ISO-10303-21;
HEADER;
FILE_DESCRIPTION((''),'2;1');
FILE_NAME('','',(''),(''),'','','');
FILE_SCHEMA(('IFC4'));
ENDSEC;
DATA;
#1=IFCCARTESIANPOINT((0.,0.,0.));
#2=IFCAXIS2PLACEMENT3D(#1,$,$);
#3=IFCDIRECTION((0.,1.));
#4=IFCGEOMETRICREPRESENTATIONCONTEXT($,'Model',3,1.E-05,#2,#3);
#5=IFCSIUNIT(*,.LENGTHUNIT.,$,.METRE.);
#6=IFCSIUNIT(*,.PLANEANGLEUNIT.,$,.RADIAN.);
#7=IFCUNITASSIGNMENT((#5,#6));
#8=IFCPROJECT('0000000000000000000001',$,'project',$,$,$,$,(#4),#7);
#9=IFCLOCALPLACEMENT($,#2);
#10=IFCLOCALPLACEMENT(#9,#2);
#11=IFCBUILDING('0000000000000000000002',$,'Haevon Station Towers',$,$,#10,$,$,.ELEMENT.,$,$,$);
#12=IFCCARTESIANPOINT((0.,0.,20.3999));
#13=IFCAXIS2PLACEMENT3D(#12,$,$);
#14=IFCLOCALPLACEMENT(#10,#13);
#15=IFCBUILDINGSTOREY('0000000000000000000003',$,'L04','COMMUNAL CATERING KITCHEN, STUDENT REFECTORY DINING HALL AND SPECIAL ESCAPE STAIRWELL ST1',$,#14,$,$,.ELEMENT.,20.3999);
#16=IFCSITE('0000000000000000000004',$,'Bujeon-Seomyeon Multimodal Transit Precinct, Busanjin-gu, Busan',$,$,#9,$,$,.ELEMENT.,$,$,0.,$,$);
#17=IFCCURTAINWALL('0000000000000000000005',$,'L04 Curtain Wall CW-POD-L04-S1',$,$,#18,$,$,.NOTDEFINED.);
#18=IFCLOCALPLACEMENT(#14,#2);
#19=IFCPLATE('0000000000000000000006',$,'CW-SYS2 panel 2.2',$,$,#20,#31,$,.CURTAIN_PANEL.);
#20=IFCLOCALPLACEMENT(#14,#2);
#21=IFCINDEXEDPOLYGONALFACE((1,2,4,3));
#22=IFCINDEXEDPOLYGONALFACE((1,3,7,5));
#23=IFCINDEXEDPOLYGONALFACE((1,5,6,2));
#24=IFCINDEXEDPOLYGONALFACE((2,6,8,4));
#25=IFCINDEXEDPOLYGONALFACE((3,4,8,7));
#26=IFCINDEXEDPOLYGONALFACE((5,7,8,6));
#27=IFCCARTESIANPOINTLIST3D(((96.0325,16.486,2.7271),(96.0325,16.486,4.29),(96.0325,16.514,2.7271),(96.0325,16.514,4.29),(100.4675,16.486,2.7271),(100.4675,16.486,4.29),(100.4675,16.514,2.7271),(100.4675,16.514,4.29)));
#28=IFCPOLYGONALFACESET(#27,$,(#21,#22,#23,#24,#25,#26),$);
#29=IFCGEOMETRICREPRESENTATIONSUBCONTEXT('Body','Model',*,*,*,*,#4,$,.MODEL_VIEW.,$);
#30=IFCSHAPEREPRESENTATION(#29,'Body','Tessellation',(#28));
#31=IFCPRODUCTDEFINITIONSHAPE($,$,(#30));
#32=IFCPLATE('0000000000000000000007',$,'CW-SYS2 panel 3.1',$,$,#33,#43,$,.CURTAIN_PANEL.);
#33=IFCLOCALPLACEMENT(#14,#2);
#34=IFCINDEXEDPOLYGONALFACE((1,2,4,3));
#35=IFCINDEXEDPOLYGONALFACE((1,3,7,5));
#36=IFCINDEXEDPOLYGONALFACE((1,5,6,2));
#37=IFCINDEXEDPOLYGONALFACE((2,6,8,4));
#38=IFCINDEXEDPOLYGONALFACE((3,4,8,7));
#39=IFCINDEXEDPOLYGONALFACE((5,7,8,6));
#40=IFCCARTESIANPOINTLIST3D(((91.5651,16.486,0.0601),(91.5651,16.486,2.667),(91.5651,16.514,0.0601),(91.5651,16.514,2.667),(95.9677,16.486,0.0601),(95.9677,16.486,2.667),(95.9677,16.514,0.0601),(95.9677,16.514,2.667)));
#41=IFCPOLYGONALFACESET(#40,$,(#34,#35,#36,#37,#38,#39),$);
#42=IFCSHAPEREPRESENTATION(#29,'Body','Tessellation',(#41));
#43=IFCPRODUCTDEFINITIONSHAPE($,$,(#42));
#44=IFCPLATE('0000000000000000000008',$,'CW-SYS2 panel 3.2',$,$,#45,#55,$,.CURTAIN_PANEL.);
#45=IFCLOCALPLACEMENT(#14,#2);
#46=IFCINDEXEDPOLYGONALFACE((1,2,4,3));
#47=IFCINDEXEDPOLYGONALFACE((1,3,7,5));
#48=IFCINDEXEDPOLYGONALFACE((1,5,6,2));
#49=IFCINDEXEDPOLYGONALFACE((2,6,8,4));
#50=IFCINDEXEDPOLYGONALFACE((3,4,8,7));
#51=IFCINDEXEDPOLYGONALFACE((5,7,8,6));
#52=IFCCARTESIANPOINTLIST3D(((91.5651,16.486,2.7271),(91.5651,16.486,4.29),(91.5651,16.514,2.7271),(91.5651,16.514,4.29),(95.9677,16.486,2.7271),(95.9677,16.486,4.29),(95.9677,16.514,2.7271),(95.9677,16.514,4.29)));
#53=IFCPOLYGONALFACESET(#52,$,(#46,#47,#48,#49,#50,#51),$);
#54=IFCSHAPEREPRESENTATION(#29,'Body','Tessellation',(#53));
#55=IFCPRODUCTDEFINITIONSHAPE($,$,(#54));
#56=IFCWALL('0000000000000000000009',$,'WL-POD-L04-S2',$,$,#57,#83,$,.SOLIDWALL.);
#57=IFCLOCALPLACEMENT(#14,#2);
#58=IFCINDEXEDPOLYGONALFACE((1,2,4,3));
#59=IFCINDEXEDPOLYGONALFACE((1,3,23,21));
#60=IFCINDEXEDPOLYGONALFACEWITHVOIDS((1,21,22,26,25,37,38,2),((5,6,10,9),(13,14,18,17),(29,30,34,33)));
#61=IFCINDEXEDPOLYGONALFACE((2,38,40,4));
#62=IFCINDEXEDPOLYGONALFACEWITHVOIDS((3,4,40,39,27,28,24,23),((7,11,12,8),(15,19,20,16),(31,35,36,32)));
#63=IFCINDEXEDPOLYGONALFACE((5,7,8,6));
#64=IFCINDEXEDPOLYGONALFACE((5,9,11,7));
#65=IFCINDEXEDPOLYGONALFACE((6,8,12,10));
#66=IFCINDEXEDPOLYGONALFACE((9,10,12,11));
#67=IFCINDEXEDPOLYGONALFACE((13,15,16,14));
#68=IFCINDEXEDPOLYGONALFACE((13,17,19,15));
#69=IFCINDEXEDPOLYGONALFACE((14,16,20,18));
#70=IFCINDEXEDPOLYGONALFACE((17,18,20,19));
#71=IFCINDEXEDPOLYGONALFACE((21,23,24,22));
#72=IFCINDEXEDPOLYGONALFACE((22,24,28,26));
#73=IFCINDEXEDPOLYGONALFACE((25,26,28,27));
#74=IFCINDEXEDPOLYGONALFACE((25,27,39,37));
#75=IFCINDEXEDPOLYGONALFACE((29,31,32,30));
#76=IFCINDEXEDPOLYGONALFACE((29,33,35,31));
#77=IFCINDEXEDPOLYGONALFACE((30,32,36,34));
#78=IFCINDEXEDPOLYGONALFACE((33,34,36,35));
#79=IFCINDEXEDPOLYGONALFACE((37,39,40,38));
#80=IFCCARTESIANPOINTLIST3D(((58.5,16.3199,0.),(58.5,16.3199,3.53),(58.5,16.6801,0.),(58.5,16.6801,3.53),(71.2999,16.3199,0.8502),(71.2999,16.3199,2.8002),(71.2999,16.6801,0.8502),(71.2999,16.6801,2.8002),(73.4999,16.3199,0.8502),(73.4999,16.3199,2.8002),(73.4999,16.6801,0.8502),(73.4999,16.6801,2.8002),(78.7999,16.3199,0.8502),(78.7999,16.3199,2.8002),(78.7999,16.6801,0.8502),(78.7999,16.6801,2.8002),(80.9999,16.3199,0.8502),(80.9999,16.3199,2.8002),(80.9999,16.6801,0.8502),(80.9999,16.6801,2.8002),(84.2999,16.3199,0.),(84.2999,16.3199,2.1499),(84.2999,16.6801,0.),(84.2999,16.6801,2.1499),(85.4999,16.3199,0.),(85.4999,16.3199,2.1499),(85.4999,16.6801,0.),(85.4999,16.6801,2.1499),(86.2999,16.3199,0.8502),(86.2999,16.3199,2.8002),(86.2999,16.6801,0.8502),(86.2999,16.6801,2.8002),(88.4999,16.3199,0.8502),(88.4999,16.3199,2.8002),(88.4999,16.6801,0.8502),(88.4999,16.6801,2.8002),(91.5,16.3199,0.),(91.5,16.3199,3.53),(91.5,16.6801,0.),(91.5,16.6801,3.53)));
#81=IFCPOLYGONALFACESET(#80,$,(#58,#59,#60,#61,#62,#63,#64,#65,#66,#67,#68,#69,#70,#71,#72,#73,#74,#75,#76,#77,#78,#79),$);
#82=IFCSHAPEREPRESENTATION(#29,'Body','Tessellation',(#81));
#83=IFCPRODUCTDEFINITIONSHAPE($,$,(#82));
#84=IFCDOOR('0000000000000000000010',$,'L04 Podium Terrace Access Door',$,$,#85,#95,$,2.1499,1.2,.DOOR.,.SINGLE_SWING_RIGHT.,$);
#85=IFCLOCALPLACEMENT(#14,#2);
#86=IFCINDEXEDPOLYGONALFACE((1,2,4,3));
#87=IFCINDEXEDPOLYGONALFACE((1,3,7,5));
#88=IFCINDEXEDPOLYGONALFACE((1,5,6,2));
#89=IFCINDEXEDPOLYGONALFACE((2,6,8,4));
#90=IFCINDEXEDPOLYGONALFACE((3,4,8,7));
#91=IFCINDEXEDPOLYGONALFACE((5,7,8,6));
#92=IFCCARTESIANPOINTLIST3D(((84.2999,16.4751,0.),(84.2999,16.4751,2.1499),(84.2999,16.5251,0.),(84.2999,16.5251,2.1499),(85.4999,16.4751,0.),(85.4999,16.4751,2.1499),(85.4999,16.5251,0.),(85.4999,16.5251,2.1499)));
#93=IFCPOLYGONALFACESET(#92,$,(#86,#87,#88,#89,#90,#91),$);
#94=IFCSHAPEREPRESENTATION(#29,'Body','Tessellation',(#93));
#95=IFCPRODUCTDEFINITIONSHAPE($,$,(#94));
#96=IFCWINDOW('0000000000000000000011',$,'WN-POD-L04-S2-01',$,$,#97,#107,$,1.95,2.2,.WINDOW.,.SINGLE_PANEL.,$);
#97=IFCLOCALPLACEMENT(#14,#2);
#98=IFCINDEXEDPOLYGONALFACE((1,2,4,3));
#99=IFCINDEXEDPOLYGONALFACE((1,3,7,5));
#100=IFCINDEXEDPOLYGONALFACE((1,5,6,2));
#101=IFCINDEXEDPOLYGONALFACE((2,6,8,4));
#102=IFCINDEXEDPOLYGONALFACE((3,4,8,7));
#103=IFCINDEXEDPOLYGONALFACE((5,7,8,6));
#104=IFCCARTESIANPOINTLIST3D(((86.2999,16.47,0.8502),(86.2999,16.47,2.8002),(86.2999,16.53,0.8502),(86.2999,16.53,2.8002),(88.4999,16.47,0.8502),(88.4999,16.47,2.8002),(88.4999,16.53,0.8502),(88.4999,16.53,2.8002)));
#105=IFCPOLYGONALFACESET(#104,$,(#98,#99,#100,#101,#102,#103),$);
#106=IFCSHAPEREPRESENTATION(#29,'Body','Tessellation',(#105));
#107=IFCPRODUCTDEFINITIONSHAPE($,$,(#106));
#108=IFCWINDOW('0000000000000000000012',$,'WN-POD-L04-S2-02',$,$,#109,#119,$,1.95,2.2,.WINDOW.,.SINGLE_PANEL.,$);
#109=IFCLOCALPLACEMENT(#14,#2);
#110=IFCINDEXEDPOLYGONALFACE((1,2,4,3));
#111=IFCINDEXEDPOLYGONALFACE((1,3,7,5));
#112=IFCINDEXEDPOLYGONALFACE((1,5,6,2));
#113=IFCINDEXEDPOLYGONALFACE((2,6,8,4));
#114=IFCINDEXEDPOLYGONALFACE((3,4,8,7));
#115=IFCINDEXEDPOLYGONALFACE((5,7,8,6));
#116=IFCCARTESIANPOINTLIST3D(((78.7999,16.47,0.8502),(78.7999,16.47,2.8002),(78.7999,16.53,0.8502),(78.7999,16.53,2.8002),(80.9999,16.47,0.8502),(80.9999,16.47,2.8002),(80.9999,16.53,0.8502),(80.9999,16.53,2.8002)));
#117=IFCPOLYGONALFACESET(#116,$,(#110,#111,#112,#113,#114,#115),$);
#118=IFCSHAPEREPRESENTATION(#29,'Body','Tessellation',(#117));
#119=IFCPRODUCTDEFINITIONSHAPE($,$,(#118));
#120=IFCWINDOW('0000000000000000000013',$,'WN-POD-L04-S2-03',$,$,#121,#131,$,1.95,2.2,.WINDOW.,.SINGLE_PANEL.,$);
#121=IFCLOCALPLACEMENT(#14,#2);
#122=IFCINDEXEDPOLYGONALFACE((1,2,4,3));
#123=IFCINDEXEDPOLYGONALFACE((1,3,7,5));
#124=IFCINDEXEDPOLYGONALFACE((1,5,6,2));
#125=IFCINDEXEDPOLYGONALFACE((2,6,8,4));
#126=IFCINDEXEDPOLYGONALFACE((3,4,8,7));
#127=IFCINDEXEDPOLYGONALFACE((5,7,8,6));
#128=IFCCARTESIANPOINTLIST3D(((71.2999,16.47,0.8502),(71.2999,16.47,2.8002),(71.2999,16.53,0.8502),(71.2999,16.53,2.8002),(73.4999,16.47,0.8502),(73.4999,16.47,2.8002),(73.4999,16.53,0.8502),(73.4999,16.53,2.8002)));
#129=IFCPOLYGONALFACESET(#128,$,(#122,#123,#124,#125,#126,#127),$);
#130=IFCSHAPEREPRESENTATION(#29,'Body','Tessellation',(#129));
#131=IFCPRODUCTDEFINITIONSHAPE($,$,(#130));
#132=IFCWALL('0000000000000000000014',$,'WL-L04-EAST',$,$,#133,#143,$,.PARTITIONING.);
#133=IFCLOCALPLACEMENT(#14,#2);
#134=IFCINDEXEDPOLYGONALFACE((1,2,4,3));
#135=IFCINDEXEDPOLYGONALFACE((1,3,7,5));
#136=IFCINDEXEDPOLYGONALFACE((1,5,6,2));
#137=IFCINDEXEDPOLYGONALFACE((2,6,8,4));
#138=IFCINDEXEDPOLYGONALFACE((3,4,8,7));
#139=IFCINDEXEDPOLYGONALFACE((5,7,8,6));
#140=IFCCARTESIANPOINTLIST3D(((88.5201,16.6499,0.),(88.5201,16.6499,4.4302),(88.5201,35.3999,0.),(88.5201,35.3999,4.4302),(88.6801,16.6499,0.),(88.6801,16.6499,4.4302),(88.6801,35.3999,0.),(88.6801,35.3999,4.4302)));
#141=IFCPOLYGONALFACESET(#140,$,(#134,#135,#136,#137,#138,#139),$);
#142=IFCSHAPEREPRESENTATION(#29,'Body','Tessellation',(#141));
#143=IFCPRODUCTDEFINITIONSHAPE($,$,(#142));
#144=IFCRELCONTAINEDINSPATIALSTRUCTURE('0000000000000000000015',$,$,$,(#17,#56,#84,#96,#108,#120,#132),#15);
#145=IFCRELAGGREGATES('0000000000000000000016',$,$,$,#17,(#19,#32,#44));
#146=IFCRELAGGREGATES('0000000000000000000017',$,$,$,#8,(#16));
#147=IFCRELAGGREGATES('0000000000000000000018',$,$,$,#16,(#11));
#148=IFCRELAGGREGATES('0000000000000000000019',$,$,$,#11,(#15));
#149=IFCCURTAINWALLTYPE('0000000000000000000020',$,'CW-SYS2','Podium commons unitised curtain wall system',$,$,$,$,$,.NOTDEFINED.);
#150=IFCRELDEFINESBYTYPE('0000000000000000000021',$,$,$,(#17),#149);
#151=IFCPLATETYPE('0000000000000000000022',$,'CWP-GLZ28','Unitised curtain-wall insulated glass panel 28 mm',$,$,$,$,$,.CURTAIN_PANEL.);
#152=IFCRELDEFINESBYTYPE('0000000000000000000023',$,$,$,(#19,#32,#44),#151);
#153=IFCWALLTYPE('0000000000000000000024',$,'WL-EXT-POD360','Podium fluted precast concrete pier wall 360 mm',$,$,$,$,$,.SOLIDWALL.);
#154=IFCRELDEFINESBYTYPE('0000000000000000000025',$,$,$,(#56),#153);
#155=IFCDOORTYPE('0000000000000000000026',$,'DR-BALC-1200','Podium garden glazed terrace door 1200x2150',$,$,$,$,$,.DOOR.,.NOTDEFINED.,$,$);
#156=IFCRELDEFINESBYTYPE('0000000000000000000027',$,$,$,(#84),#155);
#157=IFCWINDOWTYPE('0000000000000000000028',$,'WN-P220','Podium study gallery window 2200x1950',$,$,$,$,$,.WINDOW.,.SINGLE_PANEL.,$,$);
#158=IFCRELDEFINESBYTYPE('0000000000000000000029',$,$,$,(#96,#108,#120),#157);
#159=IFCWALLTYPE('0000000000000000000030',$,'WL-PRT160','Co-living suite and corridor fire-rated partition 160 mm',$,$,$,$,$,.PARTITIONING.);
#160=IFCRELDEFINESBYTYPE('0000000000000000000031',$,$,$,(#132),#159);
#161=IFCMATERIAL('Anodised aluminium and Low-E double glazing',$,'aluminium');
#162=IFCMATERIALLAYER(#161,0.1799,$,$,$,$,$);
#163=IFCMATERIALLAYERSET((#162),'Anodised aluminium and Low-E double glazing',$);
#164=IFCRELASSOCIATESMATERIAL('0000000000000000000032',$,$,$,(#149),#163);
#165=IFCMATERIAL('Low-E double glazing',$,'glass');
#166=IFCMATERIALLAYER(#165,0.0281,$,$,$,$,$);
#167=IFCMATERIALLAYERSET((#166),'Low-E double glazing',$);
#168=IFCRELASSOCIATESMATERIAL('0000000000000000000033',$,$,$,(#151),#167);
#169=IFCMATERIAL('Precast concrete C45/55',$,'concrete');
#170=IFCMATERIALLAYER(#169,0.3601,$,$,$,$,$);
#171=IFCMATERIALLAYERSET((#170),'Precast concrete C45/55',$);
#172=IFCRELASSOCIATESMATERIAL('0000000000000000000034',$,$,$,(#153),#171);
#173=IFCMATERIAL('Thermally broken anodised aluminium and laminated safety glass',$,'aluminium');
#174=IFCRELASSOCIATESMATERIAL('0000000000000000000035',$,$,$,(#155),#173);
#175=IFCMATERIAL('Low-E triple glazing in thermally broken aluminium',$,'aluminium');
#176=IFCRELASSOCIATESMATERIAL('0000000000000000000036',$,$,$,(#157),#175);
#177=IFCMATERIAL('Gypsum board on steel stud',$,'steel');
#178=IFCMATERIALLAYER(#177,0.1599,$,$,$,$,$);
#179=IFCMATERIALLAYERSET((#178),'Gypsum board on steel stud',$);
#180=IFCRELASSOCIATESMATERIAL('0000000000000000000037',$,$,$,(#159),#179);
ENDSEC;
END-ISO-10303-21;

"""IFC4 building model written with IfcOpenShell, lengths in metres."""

from ifc_helpers import new_model, si_unit, direction, frame, frame_2d, origin, origin_2d, place, context, subcontext, project, spatial, rectangle, extrude, material, layer, layer_set, type_object, element, fill, aggregate, save


model = new_model("IFC4")

# Units and contexts
model_context = context("Model", 3, precision=1e-05, world=origin(), true_north=direction((0.0, 1.0)))
body_context = subcontext(model_context, "Body", "Model", "MODEL_VIEW")
ifc_project = project(units=[si_unit("LENGTHUNIT", "METRE"), si_unit("PLANEANGLEUNIT", "RADIAN")], contexts=[model_context])

# Site, building, storey
site_placement = place(None, origin())
site = spatial("IfcSite", under=ifc_project, at=site_placement, Name="Bujeon-Seomyeon Multimodal Transit Precinct, Busanjin-gu, Busan", CompositionType="ELEMENT", RefElevation=0.0)
building_placement = place(site_placement, origin())
building = spatial("IfcBuilding", under=site, at=building_placement, Name="Haevon Station Towers", CompositionType="ELEMENT")
storey_placement = place(building_placement, frame((0.0, 0.0, 20.3999)))
storey = spatial("IfcBuildingStorey", under=building, at=storey_placement, Name="L04", Description="COMMUNAL CATERING KITCHEN, STUDENT REFECTORY DINING HALL AND SPECIAL ESCAPE STAIRWELL ST1", CompositionType="ELEMENT", Elevation=20.3999)

# Curtain wall, plates
ifc_material_1 = material(Name="Anodised aluminium and Low-E double glazing", Category="aluminium")
ifc_layer_1 = layer(ifc_material_1, 0.1799)
ifc_layer_set_1 = layer_set([ifc_layer_1], Name="Anodised aluminium and Low-E double glazing")
curtain_wall_type = type_object("IfcCurtainWallType", Name="CW-SYS2", Description="Podium commons unitised curtain wall system", PredefinedType="NOTDEFINED", material=ifc_layer_set_1)
curtain_wall_placement = place(storey_placement, origin())
curtain_wall = element("IfcCurtainWall", 1, at=curtain_wall_placement, inside=storey, type_object=curtain_wall_type, Name="L04 Curtain Wall CW-POD-L04-S1", PredefinedType="NOTDEFINED")
ifc_material_2 = material(Name="Low-E double glazing", Category="glass")
ifc_layer_2 = layer(ifc_material_2, 0.0281)
ifc_layer_set_2 = layer_set([ifc_layer_2], Name="Low-E double glazing")
plate_type = type_object("IfcPlateType", Name="CWP-GLZ28", Description="Unitised curtain-wall insulated glass panel 28 mm", PredefinedType="CURTAIN_PANEL", material=ifc_layer_set_2)
plate_1_placement = place(storey_placement, frame((98.25, 16.5, 2.7271), z_axis=(0.0, 0.0, 1.0), x_axis=(-1.0, 0.0, 0.0)))
plate_1 = element("IfcPlate", 2, at=plate_1_placement, type_object=plate_type, Name="CW-SYS2 panel 2.2", PredefinedType="CURTAIN_PANEL", context=body_context, shape_type="SweptSolid", body=[
    extrude(rectangle(XDim=4.4351, YDim=0.0281, at=origin_2d()), origin(), (0.0, 0.0, 1.0), 1.563),
])
plate_2_placement = place(storey_placement, frame((93.7664, 16.5, 0.0601), z_axis=(0.0, 0.0, 1.0), x_axis=(-1.0, 0.0, 0.0)))
plate_2 = element("IfcPlate", 3, at=plate_2_placement, type_object=plate_type, Name="CW-SYS2 panel 3.1", PredefinedType="CURTAIN_PANEL", context=body_context, shape_type="SweptSolid", body=[
    extrude(rectangle(XDim=4.4026, YDim=0.0281, at=origin_2d()), origin(), (0.0, 0.0, 1.0), 2.6069),
])
plate_3_placement = place(storey_placement, frame((93.7664, 16.5, 2.7271), z_axis=(0.0, 0.0, 1.0), x_axis=(-1.0, 0.0, 0.0)))
plate_3 = element("IfcPlate", 4, at=plate_3_placement, type_object=plate_type, Name="CW-SYS2 panel 3.2", PredefinedType="CURTAIN_PANEL", context=body_context, shape_type="SweptSolid", body=[
    extrude(rectangle(XDim=4.4026, YDim=0.0281, at=origin_2d()), origin(), (0.0, 0.0, 1.0), 1.563),
])
aggregate(curtain_wall, [plate_1, plate_2, plate_3])

# Wall, openings, door, windows
ifc_material_3 = material(Name="Precast concrete C45/55", Category="concrete")
ifc_layer_3 = layer(ifc_material_3, 0.3601)
ifc_layer_set_3 = layer_set([ifc_layer_3], Name="Precast concrete C45/55")
wall_type_1 = type_object("IfcWallType", Name="WL-EXT-POD360", Description="Podium fluted precast concrete pier wall 360 mm", PredefinedType="SOLIDWALL", material=ifc_layer_set_3)
wall_1_placement = place(storey_placement, frame((91.5, 16.5, 0.0), z_axis=(0.0, 0.0, 1.0), x_axis=(-1.0, 0.0, 0.0)))
wall_1 = element("IfcWall", 5, at=wall_1_placement, inside=storey, type_object=wall_type_1, Name="WL-POD-L04-S2", PredefinedType="SOLIDWALL", context=body_context, shape_type="SweptSolid", body=[
    extrude(rectangle(XDim=33.0, YDim=0.3601, at=frame_2d((16.5, 0.0))), origin(), (0.0, 0.0, 1.0), 3.53),
])
opening_1_placement = place(wall_1_placement, frame((3.0, 0.0, 0.8501)))
opening_1 = element("IfcOpeningElement", 6, at=opening_1_placement, cuts=wall_1, PredefinedType="OPENING", context=body_context, shape_type="SweptSolid", body=[
    extrude(rectangle(XDim=2.2, YDim=1.95, at=frame_2d((1.1001, 0.9751))), frame((0.0, 0.1899, 0.0), z_axis=(0.0, -1.0, 0.0), x_axis=(1.0, 0.0, 0.0)), (0.0, 0.0, 1.0), 0.3801),
])
opening_2_placement = place(wall_1_placement, frame((10.5, 0.0, 0.8501)))
opening_2 = element("IfcOpeningElement", 7, at=opening_2_placement, cuts=wall_1, PredefinedType="OPENING", context=body_context, shape_type="SweptSolid", body=[
    extrude(rectangle(XDim=2.2, YDim=1.95, at=frame_2d((1.1001, 0.9751))), frame((0.0, 0.1899, 0.0), z_axis=(0.0, -1.0, 0.0), x_axis=(1.0, 0.0, 0.0)), (0.0, 0.0, 1.0), 0.3801),
])
opening_3_placement = place(wall_1_placement, frame((18.0, 0.0, 0.8501)))
opening_3 = element("IfcOpeningElement", 8, at=opening_3_placement, cuts=wall_1, PredefinedType="OPENING", context=body_context, shape_type="SweptSolid", body=[
    extrude(rectangle(XDim=2.2, YDim=1.95, at=frame_2d((1.1001, 0.9751))), frame((0.0, 0.1899, 0.0), z_axis=(0.0, -1.0, 0.0), x_axis=(1.0, 0.0, 0.0)), (0.0, 0.0, 1.0), 0.3801),
])
opening_4_placement = place(wall_1_placement, frame((6.0, 0.0, 0.0)))
opening_4 = element("IfcOpeningElement", 9, at=opening_4_placement, cuts=wall_1, PredefinedType="OPENING", context=body_context, shape_type="SweptSolid", body=[
    extrude(rectangle(XDim=1.2, YDim=2.1499, at=frame_2d((0.6001, 1.075))), frame((0.0, 0.1899, 0.0), z_axis=(0.0, -1.0, 0.0), x_axis=(1.0, 0.0, 0.0)), (0.0, 0.0, 1.0), 0.3801),
])
ifc_material_4 = material(Name="Thermally broken anodised aluminium and laminated safety glass", Category="aluminium")
door_type_1 = type_object("IfcDoorType", Name="DR-BALC-1200", Description="Podium garden glazed terrace door 1200x2150", OperationType="NOTDEFINED", PredefinedType="DOOR", material=ifc_material_4)
door_1_placement = place(opening_4_placement, origin())
door_1 = element("IfcDoor", 10, at=door_1_placement, inside=storey, type_object=door_type_1, Name="L04 Podium Terrace Access Door", OperationType="SINGLE_SWING_RIGHT", OverallHeight=2.1499, OverallWidth=1.2, PredefinedType="DOOR", context=body_context, shape_type="SweptSolid", body=[
    extrude(rectangle(XDim=1.2, YDim=2.1499, at=frame_2d((0.6001, 1.075))), frame((0.0, 0.0249, 0.0), z_axis=(0.0, -1.0, 0.0), x_axis=(1.0, 0.0, 0.0)), (0.0, 0.0, 1.0), 0.05),
])
fill(opening_4, door_1)
ifc_material_5 = material(Name="Low-E triple glazing in thermally broken aluminium", Category="aluminium")
window_type = type_object("IfcWindowType", Name="WN-P220", Description="Podium study gallery window 2200x1950", PartitioningType="SINGLE_PANEL", PredefinedType="WINDOW", material=ifc_material_5)
window_1_placement = place(opening_1_placement, origin())
window_1 = element("IfcWindow", 11, at=window_1_placement, inside=storey, type_object=window_type, Name="WN-POD-L04-S2-01", OverallHeight=1.95, OverallWidth=2.2, PartitioningType="SINGLE_PANEL", PredefinedType="WINDOW", context=body_context, shape_type="SweptSolid", body=[
    extrude(rectangle(XDim=2.2, YDim=1.95, at=frame_2d((1.1001, 0.9751))), frame((0.0, 0.03, 0.0), z_axis=(0.0, -1.0, 0.0), x_axis=(1.0, 0.0, 0.0)), (0.0, 0.0, 1.0), 0.0601),
])
fill(opening_1, window_1)
window_2_placement = place(opening_2_placement, origin())
window_2 = element("IfcWindow", 12, at=window_2_placement, inside=storey, type_object=window_type, Name="WN-POD-L04-S2-02", OverallHeight=1.95, OverallWidth=2.2, PartitioningType="SINGLE_PANEL", PredefinedType="WINDOW", context=body_context, shape_type="SweptSolid", body=[
    extrude(rectangle(XDim=2.2, YDim=1.95, at=frame_2d((1.1001, 0.9751))), frame((0.0, 0.03, 0.0), z_axis=(0.0, -1.0, 0.0), x_axis=(1.0, 0.0, 0.0)), (0.0, 0.0, 1.0), 0.0601),
])
fill(opening_2, window_2)
window_3_placement = place(opening_3_placement, origin())
window_3 = element("IfcWindow", 13, at=window_3_placement, inside=storey, type_object=window_type, Name="WN-POD-L04-S2-03", OverallHeight=1.95, OverallWidth=2.2, PartitioningType="SINGLE_PANEL", PredefinedType="WINDOW", context=body_context, shape_type="SweptSolid", body=[
    extrude(rectangle(XDim=2.2, YDim=1.95, at=frame_2d((1.1001, 0.9751))), frame((0.0, 0.03, 0.0), z_axis=(0.0, -1.0, 0.0), x_axis=(1.0, 0.0, 0.0)), (0.0, 0.0, 1.0), 0.0601),
])
fill(opening_3, window_3)

# Wall
ifc_material_6 = material(Name="Gypsum board on steel stud", Category="steel")
ifc_layer_4 = layer(ifc_material_6, 0.1599)
ifc_layer_set_4 = layer_set([ifc_layer_4], Name="Gypsum board on steel stud")
wall_type_2 = type_object("IfcWallType", Name="WL-PRT160", Description="Co-living suite and corridor fire-rated partition 160 mm", PredefinedType="PARTITIONING", material=ifc_layer_set_4)
wall_2_placement = place(storey_placement, frame((88.6001, 16.6499, 0.0), z_axis=(0.0, 0.0, 1.0), x_axis=(0.0, 1.0, 0.0)))
element("IfcWall", 14, at=wall_2_placement, inside=storey, type_object=wall_type_2, Name="WL-L04-EAST", PredefinedType="PARTITIONING", context=body_context, shape_type="SweptSolid", body=[
    extrude(rectangle(XDim=18.75, YDim=0.1599, at=frame_2d((9.375, 0.0))), origin(), (0.0, 0.0, 1.0), 4.4302),
])

save(model, "model.ifc")
